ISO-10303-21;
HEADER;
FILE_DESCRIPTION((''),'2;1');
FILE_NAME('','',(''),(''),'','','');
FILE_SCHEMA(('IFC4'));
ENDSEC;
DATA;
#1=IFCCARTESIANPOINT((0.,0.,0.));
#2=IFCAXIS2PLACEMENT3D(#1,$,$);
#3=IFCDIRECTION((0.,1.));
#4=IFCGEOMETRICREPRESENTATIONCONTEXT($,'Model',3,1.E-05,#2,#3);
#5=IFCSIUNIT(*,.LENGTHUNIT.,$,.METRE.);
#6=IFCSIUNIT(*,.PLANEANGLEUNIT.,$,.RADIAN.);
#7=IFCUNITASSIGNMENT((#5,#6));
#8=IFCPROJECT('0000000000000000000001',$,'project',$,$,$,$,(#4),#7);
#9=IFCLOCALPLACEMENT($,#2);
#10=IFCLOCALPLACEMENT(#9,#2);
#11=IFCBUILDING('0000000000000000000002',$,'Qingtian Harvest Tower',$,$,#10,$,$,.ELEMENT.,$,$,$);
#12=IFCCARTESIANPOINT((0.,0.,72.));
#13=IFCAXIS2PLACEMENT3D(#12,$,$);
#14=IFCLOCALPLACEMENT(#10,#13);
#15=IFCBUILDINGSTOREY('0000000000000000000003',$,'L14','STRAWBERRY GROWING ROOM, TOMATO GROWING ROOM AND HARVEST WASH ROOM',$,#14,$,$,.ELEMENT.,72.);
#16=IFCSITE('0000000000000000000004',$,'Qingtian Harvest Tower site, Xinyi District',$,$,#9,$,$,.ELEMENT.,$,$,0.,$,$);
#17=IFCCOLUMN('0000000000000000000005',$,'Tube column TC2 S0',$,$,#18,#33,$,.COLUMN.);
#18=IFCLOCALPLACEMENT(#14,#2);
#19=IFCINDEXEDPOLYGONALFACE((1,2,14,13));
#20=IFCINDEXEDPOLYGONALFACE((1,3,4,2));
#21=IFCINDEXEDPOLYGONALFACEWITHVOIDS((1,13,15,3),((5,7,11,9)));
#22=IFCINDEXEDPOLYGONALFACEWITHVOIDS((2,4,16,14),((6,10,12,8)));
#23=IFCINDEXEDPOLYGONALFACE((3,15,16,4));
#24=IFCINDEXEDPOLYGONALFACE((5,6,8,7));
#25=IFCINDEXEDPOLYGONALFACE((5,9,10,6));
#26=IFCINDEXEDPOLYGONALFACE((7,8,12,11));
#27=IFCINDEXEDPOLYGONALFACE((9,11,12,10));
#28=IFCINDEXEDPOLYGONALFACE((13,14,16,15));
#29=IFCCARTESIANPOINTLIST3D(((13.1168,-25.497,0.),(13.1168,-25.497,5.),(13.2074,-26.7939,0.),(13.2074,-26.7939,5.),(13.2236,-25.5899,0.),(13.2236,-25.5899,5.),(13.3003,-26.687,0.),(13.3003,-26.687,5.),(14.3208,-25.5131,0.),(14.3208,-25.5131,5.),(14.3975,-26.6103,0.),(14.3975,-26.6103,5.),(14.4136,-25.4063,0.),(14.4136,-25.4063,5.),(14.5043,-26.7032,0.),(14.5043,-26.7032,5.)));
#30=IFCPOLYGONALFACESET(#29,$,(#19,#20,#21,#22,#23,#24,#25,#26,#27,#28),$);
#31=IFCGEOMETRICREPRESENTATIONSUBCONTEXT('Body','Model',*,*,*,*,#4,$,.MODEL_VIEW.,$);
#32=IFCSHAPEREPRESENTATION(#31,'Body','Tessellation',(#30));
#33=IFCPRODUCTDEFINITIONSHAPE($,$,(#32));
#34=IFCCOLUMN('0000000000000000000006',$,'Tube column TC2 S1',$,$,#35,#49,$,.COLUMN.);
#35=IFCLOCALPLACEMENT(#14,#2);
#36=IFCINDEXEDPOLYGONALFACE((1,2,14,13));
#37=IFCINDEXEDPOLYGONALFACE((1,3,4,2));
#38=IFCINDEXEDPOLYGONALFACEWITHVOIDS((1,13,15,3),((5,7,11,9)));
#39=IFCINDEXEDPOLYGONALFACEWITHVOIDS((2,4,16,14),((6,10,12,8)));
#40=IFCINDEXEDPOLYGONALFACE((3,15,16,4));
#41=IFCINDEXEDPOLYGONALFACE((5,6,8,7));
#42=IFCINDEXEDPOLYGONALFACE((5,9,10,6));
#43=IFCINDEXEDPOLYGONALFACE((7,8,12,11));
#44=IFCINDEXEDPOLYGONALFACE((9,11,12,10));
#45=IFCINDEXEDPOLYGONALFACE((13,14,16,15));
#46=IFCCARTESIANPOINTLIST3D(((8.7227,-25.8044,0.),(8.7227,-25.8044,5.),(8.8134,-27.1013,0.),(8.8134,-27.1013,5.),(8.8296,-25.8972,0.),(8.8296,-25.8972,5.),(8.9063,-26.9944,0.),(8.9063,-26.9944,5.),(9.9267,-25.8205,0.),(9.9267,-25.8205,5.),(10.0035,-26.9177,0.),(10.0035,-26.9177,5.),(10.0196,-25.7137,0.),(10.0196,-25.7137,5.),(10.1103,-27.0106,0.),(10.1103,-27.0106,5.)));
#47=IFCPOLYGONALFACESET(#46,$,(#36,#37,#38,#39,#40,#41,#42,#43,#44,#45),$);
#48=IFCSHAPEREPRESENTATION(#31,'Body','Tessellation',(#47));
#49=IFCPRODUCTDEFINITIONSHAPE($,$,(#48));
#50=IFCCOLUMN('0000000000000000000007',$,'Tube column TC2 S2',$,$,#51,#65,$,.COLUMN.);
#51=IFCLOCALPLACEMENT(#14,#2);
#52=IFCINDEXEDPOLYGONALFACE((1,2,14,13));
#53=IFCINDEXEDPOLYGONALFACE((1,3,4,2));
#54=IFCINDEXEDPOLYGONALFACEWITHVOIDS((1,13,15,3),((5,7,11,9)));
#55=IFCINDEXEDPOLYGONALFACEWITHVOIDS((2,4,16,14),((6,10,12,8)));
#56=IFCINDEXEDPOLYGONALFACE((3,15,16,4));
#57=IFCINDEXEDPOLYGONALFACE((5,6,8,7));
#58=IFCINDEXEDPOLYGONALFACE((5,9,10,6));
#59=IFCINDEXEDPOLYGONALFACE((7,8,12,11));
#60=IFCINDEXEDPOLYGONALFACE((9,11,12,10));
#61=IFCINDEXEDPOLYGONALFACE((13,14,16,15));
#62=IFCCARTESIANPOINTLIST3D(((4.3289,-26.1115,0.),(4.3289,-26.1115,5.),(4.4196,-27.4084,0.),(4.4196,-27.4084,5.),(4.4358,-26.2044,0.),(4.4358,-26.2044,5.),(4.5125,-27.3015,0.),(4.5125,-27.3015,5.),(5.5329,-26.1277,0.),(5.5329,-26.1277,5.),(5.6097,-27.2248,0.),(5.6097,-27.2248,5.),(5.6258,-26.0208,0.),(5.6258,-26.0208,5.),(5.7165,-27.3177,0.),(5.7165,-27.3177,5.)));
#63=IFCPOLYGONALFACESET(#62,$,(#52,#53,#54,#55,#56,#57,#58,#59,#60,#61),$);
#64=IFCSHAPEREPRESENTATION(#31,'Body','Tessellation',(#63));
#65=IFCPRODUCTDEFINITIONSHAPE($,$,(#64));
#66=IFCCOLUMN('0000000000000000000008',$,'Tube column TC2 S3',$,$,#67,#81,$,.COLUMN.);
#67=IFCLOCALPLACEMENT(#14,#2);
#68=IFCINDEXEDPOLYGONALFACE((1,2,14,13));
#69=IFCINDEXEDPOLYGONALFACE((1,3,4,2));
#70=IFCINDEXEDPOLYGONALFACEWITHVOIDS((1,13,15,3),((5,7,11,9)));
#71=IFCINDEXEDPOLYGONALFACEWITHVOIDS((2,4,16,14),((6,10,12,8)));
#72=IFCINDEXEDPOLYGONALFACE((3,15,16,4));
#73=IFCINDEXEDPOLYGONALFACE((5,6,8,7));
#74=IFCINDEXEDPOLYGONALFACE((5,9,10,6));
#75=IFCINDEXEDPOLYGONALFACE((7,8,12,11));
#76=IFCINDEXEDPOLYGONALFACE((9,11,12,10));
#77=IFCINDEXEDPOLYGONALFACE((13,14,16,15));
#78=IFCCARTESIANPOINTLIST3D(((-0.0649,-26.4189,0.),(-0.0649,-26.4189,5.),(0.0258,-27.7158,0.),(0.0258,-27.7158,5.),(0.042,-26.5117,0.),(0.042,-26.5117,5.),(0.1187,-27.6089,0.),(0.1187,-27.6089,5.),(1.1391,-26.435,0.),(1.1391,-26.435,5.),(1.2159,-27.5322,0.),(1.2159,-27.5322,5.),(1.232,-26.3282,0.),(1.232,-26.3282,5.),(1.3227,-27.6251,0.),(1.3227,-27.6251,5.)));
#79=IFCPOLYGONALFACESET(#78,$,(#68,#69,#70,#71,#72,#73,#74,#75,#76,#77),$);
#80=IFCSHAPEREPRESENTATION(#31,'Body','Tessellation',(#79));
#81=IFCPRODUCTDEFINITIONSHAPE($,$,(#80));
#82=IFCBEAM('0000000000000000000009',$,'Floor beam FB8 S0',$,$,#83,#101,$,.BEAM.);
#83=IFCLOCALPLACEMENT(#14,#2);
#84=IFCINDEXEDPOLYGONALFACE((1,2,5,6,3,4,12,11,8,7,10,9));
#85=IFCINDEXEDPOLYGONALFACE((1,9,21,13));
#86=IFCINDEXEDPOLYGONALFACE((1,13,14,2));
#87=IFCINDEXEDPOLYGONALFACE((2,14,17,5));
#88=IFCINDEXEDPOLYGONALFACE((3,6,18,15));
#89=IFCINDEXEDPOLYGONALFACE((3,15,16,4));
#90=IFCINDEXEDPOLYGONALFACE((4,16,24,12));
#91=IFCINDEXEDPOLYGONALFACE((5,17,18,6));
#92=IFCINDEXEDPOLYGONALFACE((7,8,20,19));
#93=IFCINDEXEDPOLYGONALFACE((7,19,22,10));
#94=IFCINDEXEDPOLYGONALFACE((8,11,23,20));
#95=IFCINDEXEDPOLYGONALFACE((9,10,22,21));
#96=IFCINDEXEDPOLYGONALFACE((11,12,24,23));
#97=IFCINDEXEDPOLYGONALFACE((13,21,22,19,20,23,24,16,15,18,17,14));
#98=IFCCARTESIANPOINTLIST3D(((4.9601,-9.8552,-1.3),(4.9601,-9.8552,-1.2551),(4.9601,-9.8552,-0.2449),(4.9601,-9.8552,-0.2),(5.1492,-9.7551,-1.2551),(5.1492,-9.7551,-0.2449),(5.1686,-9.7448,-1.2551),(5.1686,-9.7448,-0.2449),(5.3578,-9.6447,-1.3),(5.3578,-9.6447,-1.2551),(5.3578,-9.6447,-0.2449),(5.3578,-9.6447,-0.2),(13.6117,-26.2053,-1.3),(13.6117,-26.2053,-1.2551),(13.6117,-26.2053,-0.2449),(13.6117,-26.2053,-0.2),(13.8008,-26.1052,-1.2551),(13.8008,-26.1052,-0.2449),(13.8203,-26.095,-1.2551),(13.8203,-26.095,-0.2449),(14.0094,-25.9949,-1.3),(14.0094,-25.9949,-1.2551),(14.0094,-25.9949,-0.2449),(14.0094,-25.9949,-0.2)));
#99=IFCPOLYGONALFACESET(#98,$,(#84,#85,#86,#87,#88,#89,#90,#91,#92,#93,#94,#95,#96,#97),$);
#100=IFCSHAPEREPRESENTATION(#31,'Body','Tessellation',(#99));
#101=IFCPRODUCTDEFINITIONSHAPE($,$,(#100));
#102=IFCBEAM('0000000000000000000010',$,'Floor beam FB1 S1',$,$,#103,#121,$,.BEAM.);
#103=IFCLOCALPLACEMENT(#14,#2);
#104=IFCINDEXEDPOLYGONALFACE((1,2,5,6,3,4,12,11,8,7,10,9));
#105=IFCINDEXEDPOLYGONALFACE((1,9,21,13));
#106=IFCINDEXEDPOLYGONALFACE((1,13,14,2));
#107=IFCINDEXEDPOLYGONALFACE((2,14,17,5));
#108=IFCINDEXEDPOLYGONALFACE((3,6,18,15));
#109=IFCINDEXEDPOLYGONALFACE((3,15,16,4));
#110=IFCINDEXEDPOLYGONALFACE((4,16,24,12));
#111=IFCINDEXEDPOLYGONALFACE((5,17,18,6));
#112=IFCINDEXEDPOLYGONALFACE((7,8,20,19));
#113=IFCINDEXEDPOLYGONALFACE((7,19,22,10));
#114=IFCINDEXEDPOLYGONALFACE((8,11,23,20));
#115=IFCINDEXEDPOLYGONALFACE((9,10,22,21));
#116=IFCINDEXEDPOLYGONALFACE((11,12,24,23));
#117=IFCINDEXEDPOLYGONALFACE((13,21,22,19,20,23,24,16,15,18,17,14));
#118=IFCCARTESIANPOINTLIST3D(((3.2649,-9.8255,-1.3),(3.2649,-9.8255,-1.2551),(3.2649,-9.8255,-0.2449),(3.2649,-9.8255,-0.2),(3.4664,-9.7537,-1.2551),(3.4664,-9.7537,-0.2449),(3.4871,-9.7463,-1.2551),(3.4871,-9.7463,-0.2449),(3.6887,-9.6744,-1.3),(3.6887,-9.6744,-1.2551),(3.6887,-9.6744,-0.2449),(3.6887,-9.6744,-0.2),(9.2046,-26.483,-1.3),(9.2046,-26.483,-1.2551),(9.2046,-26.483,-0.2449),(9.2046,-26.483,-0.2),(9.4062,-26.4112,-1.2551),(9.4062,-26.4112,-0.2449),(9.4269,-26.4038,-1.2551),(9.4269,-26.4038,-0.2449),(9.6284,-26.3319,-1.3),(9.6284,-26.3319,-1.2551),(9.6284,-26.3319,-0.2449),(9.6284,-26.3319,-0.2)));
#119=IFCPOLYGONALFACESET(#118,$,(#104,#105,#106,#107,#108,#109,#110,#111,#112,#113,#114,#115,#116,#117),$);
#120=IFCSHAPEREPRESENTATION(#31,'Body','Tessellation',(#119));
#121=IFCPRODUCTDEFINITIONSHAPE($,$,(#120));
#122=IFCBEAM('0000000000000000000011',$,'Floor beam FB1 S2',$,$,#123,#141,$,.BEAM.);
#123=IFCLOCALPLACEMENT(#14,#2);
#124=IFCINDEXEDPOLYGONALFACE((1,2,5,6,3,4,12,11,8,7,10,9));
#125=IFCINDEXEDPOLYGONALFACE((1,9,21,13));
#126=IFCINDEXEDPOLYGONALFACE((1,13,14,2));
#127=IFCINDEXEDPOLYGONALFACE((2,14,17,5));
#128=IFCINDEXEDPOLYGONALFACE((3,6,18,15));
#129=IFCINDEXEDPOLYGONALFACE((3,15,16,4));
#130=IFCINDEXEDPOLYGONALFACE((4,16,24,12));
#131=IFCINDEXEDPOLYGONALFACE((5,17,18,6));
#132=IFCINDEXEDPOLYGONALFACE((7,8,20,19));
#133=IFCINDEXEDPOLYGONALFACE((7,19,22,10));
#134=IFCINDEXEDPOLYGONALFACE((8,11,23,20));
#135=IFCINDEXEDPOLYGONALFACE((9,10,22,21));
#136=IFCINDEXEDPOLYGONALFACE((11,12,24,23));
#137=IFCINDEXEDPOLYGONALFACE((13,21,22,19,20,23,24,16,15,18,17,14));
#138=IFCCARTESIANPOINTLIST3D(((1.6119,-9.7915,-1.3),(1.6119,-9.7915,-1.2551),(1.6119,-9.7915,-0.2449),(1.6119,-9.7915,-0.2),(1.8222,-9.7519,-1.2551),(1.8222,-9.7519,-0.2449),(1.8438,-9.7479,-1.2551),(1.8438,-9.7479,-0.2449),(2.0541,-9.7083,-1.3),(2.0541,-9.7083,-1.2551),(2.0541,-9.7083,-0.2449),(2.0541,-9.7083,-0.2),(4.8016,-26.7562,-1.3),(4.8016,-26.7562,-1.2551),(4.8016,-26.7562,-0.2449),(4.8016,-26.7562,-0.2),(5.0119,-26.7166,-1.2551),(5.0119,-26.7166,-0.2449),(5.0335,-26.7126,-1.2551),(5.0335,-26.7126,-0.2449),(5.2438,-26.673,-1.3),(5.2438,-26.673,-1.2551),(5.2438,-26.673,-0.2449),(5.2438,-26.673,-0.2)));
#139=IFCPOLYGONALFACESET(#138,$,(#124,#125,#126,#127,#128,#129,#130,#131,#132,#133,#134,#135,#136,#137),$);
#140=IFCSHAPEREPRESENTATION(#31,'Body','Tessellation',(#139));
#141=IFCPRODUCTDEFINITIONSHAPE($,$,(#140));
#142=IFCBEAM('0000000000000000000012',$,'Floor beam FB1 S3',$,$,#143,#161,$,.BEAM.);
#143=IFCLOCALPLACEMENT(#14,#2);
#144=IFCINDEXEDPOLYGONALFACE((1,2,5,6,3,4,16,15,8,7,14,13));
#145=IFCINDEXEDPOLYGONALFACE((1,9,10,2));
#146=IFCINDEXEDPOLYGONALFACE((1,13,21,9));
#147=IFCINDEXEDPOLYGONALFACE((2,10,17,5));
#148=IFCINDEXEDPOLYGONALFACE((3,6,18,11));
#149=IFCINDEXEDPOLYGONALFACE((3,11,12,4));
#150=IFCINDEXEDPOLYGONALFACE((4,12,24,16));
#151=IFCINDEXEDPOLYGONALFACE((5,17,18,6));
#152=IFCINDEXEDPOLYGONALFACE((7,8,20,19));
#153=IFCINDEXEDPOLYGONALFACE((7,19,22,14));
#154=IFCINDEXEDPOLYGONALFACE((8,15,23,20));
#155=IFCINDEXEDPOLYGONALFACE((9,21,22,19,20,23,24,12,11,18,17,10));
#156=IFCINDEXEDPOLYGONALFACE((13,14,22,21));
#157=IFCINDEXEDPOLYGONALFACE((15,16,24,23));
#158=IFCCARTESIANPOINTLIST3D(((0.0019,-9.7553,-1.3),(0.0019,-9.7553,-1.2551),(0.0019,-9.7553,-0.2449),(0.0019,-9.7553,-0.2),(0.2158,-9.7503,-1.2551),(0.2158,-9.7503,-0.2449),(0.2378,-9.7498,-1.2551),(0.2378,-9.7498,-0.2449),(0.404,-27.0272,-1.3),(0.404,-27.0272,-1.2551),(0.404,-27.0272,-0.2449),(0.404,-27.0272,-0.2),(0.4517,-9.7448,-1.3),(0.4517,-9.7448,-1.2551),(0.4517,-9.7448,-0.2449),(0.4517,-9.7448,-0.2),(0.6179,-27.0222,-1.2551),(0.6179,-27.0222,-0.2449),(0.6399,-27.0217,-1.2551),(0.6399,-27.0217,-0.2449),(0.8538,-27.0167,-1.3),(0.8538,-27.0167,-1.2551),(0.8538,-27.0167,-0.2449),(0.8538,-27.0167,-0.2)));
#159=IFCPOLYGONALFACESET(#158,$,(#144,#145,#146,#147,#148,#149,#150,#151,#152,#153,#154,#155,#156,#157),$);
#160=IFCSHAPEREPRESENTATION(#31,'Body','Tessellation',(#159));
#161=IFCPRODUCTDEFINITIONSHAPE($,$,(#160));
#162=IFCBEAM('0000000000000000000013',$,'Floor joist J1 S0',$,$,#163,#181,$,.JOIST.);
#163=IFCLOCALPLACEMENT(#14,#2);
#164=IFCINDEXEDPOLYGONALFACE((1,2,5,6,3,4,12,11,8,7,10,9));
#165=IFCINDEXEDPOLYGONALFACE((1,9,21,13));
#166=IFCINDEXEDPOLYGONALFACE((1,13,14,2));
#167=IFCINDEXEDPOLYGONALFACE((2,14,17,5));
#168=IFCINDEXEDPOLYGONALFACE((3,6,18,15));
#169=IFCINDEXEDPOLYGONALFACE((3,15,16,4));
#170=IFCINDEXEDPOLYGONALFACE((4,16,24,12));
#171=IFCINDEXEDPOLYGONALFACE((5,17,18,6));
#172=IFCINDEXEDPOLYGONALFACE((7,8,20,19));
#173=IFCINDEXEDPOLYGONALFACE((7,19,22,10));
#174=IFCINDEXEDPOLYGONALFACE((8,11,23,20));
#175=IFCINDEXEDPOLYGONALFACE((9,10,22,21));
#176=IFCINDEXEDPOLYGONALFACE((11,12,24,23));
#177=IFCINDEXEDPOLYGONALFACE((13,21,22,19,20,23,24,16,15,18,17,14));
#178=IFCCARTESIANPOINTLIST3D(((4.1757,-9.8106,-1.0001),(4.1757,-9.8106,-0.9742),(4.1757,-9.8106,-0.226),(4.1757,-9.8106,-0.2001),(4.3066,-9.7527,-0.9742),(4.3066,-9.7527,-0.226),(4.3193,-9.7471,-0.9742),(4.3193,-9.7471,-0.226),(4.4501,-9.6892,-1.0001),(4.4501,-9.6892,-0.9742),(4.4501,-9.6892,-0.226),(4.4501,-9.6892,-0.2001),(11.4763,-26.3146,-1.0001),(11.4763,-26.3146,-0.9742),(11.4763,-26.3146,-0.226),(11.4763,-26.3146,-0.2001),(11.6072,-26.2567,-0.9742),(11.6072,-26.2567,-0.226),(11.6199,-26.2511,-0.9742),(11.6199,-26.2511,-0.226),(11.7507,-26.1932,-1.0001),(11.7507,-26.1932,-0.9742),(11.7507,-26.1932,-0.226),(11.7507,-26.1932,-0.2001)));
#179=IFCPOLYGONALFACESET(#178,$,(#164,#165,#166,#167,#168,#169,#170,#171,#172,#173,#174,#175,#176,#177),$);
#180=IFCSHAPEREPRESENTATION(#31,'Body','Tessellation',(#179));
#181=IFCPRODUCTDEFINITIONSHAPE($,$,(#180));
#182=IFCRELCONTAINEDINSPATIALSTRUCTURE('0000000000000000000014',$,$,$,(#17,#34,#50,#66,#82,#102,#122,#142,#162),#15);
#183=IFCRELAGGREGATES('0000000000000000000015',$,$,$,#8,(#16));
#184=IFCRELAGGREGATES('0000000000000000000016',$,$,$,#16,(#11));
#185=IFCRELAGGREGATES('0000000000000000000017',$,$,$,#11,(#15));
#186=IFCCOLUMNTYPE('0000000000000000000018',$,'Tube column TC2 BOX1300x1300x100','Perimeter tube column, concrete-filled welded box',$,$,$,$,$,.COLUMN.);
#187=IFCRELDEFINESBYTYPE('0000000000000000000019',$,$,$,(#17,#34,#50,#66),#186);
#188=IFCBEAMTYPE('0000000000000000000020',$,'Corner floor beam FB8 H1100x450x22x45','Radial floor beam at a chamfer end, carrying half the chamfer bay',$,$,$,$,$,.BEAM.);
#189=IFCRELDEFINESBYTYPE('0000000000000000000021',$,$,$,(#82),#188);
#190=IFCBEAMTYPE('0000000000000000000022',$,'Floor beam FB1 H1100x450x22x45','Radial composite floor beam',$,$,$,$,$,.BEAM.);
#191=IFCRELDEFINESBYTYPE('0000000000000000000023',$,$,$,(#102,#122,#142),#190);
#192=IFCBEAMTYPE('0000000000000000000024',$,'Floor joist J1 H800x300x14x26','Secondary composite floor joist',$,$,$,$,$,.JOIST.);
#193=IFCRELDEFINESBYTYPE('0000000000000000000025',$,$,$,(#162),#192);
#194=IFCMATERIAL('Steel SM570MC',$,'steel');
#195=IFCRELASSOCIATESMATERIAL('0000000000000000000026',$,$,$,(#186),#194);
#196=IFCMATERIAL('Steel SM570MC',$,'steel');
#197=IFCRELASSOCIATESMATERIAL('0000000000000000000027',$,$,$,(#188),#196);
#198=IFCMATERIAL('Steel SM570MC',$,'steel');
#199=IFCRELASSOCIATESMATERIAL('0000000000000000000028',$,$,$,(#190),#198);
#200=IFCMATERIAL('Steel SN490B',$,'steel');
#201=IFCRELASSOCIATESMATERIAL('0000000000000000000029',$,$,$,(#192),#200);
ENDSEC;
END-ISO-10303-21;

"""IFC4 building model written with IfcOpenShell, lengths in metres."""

from ifc_helpers import new_model, si_unit, direction, frame, origin, origin_2d, place, context, subcontext, project, spatial, hollow_rectangle, i_section, extrude, material, material_profile, profile_set, type_object, element, save


model = new_model("IFC4")

# Units and contexts
model_context = context("Model", 3, precision=1e-05, world=origin(), true_north=direction((0.0, 1.0)))
body_context = subcontext(model_context, "Body", "Model", "MODEL_VIEW")
ifc_project = project(units=[si_unit("LENGTHUNIT", "METRE"), si_unit("PLANEANGLEUNIT", "RADIAN")], contexts=[model_context])

# Site, building, storey
site_placement = place(None, origin())
site = spatial("IfcSite", under=ifc_project, at=site_placement, Name="Qingtian Harvest Tower site, Xinyi District", CompositionType="ELEMENT", RefElevation=0.0)
building_placement = place(site_placement, origin())
building = spatial("IfcBuilding", under=site, at=building_placement, Name="Qingtian Harvest Tower", CompositionType="ELEMENT")
storey_placement = place(building_placement, frame((0.0, 0.0, 72.0)))
storey = spatial("IfcBuildingStorey", under=building, at=storey_placement, Name="L14", Description="STRAWBERRY GROWING ROOM, TOMATO GROWING ROOM AND HARVEST WASH ROOM", CompositionType="ELEMENT", Elevation=72.0)

# Columns
ifc_material_1 = material(Name="Steel SM570MC", Category="steel")
ifc_material_profile_1 = material_profile(ifc_material_1, hollow_rectangle(XDim=1.3, YDim=1.3, WallThickness=0.1001, at=origin_2d()), Name="BOX1300x1300x100")
ifc_profile_set_1 = profile_set([ifc_material_profile_1], Name="Steel SM570MC")
column_type = type_object("IfcColumnType", Name="Tube column TC2 BOX1300x1300x100", Description="Perimeter tube column, concrete-filled welded box", PredefinedType="COLUMN", material=ifc_profile_set_1)
for number, where, z_axis, x_axis, name in (
    (1, (13.8105, -26.1001, 0.0), (0.0, 0.0, 1.0), (0.997564, 0.069756, 0.0), "Tube column TC2 S0"),
    (2, (9.4165, -26.4075, 0.0), (0.0, 0.0, 1.0), (0.997564, 0.069756, 0.0), "Tube column TC2 S1"),
    (3, (5.0227, -26.7146, 0.0), (0.0, 0.0, 1.0), (0.997564, 0.069756, 0.0), "Tube column TC2 S2"),
    (4, (0.6289, -27.022, 0.0), (0.0, 0.0, 1.0), (0.997564, 0.069756, 0.0), "Tube column TC2 S3"),
):
    element("IfcColumn", number, at=place(storey_placement, frame(where, z_axis=z_axis, x_axis=x_axis)), inside=storey, type_object=column_type, Name=name, PredefinedType="COLUMN", context=body_context, shape_type="SweptSolid", body=[
        extrude(hollow_rectangle(XDim=1.3, YDim=1.3, WallThickness=0.1001, at=origin_2d()), origin(), (0.0, 0.0, 1.0), 5.0),
    ])

# Beams
ifc_material_2 = material(Name="Steel SM570MC", Category="steel")
ifc_material_profile_2 = material_profile(ifc_material_2, i_section(OverallWidth=0.45, OverallDepth=1.1001, WebThickness=0.022, FlangeThickness=0.0449, at=origin_2d()), Name="H1100x450x22x45")
ifc_profile_set_2 = profile_set([ifc_material_profile_2], Name="Steel SM570MC")
beam_type_1 = type_object("IfcBeamType", Name="Corner floor beam FB8 H1100x450x22x45", Description="Radial floor beam at a chamfer end, carrying half the chamfer bay", PredefinedType="BEAM", material=ifc_profile_set_2)
beam_1_placement = place(storey_placement, frame((13.8105, -26.1001, -0.75), z_axis=(-0.467705, 0.883885, 0.0), x_axis=(-0.883885, -0.467705, 0.0)))
element("IfcBeam", 5, at=beam_1_placement, inside=storey, type_object=beam_type_1, Name="Floor beam FB8 S0", PredefinedType="BEAM", context=body_context, shape_type="SweptSolid", body=[
    extrude(i_section(OverallWidth=0.45, OverallDepth=1.1001, WebThickness=0.022, FlangeThickness=0.0449, at=origin_2d()), origin(), (0.0, 0.0, 1.0), 18.498),
])
ifc_material_3 = material(Name="Steel SM570MC", Category="steel")
ifc_material_profile_3 = material_profile(ifc_material_3, i_section(OverallWidth=0.45, OverallDepth=1.1001, WebThickness=0.022, FlangeThickness=0.0449, at=origin_2d()), Name="H1100x450x22x45")
ifc_profile_set_3 = profile_set([ifc_material_profile_3], Name="Steel SM570MC")
beam_type_2 = type_object("IfcBeamType", Name="Floor beam FB1 H1100x450x22x45", Description="Radial composite floor beam", PredefinedType="BEAM", material=ifc_profile_set_3)
beam_2_placement = place(storey_placement, frame((9.4165, -26.4075, -0.75), z_axis=(-0.335865, 0.94191, 0.0), x_axis=(-0.94191, -0.335865, 0.0)))
element("IfcBeam", 6, at=beam_2_placement, inside=storey, type_object=beam_type_2, Name="Floor beam FB1 S1", PredefinedType="BEAM", context=body_context, shape_type="SweptSolid", body=[
    extrude(i_section(OverallWidth=0.45, OverallDepth=1.1001, WebThickness=0.022, FlangeThickness=0.0449, at=origin_2d()), origin(), (0.0, 0.0, 1.0), 17.6848),
])
beam_3_placement = place(storey_placement, frame((5.0227, -26.7146, -0.75), z_axis=(-0.184783, 0.982779, 0.0), x_axis=(-0.982779, -0.184783, 0.0)))
element("IfcBeam", 7, at=beam_3_placement, inside=storey, type_object=beam_type_2, Name="Floor beam FB1 S2", PredefinedType="BEAM", context=body_context, shape_type="SweptSolid", body=[
    extrude(i_section(OverallWidth=0.45, OverallDepth=1.1001, WebThickness=0.022, FlangeThickness=0.0449, at=origin_2d()), origin(), (0.0, 0.0, 1.0), 17.262),
])
beam_4_placement = place(storey_placement, frame((0.6289, -27.022, -0.75), z_axis=(-0.023274, 0.999729, 0.0), x_axis=(-0.999729, -0.023274, 0.0)))
element("IfcBeam", 8, at=beam_4_placement, inside=storey, type_object=beam_type_2, Name="Floor beam FB1 S3", PredefinedType="BEAM", context=body_context, shape_type="SweptSolid", body=[
    extrude(i_section(OverallWidth=0.45, OverallDepth=1.1001, WebThickness=0.022, FlangeThickness=0.0449, at=origin_2d()), origin(), (0.0, 0.0, 1.0), 17.2766),
])
ifc_material_4 = material(Name="Steel SN490B", Category="steel")
ifc_material_profile_4 = material_profile(ifc_material_4, i_section(OverallWidth=0.3, OverallDepth=0.8, WebThickness=0.0139, FlangeThickness=0.0259, at=origin_2d()), Name="H800x300x14x26")
ifc_profile_set_4 = profile_set([ifc_material_profile_4], Name="Steel SN490B")
beam_type_3 = type_object("IfcBeamType", Name="Floor joist J1 H800x300x14x26", Description="Secondary composite floor joist", PredefinedType="JOIST", material=ifc_profile_set_4)
beam_5_placement = place(storey_placement, frame((11.6135, -26.2539, -0.6001), z_axis=(-0.40454, 0.91452, 0.0), x_axis=(-0.91452, -0.40454, 0.0)))
element("IfcBeam", 9, at=beam_5_placement, inside=storey, type_object=beam_type_3, Name="Floor joist J1 S0", PredefinedType="JOIST", context=body_context, shape_type="SweptSolid", body=[
    extrude(i_section(OverallWidth=0.3, OverallDepth=0.8, WebThickness=0.0139, FlangeThickness=0.0259, at=origin_2d()), origin(), (0.0, 0.0, 1.0), 18.0466),
])

save(model, "model.ifc")
